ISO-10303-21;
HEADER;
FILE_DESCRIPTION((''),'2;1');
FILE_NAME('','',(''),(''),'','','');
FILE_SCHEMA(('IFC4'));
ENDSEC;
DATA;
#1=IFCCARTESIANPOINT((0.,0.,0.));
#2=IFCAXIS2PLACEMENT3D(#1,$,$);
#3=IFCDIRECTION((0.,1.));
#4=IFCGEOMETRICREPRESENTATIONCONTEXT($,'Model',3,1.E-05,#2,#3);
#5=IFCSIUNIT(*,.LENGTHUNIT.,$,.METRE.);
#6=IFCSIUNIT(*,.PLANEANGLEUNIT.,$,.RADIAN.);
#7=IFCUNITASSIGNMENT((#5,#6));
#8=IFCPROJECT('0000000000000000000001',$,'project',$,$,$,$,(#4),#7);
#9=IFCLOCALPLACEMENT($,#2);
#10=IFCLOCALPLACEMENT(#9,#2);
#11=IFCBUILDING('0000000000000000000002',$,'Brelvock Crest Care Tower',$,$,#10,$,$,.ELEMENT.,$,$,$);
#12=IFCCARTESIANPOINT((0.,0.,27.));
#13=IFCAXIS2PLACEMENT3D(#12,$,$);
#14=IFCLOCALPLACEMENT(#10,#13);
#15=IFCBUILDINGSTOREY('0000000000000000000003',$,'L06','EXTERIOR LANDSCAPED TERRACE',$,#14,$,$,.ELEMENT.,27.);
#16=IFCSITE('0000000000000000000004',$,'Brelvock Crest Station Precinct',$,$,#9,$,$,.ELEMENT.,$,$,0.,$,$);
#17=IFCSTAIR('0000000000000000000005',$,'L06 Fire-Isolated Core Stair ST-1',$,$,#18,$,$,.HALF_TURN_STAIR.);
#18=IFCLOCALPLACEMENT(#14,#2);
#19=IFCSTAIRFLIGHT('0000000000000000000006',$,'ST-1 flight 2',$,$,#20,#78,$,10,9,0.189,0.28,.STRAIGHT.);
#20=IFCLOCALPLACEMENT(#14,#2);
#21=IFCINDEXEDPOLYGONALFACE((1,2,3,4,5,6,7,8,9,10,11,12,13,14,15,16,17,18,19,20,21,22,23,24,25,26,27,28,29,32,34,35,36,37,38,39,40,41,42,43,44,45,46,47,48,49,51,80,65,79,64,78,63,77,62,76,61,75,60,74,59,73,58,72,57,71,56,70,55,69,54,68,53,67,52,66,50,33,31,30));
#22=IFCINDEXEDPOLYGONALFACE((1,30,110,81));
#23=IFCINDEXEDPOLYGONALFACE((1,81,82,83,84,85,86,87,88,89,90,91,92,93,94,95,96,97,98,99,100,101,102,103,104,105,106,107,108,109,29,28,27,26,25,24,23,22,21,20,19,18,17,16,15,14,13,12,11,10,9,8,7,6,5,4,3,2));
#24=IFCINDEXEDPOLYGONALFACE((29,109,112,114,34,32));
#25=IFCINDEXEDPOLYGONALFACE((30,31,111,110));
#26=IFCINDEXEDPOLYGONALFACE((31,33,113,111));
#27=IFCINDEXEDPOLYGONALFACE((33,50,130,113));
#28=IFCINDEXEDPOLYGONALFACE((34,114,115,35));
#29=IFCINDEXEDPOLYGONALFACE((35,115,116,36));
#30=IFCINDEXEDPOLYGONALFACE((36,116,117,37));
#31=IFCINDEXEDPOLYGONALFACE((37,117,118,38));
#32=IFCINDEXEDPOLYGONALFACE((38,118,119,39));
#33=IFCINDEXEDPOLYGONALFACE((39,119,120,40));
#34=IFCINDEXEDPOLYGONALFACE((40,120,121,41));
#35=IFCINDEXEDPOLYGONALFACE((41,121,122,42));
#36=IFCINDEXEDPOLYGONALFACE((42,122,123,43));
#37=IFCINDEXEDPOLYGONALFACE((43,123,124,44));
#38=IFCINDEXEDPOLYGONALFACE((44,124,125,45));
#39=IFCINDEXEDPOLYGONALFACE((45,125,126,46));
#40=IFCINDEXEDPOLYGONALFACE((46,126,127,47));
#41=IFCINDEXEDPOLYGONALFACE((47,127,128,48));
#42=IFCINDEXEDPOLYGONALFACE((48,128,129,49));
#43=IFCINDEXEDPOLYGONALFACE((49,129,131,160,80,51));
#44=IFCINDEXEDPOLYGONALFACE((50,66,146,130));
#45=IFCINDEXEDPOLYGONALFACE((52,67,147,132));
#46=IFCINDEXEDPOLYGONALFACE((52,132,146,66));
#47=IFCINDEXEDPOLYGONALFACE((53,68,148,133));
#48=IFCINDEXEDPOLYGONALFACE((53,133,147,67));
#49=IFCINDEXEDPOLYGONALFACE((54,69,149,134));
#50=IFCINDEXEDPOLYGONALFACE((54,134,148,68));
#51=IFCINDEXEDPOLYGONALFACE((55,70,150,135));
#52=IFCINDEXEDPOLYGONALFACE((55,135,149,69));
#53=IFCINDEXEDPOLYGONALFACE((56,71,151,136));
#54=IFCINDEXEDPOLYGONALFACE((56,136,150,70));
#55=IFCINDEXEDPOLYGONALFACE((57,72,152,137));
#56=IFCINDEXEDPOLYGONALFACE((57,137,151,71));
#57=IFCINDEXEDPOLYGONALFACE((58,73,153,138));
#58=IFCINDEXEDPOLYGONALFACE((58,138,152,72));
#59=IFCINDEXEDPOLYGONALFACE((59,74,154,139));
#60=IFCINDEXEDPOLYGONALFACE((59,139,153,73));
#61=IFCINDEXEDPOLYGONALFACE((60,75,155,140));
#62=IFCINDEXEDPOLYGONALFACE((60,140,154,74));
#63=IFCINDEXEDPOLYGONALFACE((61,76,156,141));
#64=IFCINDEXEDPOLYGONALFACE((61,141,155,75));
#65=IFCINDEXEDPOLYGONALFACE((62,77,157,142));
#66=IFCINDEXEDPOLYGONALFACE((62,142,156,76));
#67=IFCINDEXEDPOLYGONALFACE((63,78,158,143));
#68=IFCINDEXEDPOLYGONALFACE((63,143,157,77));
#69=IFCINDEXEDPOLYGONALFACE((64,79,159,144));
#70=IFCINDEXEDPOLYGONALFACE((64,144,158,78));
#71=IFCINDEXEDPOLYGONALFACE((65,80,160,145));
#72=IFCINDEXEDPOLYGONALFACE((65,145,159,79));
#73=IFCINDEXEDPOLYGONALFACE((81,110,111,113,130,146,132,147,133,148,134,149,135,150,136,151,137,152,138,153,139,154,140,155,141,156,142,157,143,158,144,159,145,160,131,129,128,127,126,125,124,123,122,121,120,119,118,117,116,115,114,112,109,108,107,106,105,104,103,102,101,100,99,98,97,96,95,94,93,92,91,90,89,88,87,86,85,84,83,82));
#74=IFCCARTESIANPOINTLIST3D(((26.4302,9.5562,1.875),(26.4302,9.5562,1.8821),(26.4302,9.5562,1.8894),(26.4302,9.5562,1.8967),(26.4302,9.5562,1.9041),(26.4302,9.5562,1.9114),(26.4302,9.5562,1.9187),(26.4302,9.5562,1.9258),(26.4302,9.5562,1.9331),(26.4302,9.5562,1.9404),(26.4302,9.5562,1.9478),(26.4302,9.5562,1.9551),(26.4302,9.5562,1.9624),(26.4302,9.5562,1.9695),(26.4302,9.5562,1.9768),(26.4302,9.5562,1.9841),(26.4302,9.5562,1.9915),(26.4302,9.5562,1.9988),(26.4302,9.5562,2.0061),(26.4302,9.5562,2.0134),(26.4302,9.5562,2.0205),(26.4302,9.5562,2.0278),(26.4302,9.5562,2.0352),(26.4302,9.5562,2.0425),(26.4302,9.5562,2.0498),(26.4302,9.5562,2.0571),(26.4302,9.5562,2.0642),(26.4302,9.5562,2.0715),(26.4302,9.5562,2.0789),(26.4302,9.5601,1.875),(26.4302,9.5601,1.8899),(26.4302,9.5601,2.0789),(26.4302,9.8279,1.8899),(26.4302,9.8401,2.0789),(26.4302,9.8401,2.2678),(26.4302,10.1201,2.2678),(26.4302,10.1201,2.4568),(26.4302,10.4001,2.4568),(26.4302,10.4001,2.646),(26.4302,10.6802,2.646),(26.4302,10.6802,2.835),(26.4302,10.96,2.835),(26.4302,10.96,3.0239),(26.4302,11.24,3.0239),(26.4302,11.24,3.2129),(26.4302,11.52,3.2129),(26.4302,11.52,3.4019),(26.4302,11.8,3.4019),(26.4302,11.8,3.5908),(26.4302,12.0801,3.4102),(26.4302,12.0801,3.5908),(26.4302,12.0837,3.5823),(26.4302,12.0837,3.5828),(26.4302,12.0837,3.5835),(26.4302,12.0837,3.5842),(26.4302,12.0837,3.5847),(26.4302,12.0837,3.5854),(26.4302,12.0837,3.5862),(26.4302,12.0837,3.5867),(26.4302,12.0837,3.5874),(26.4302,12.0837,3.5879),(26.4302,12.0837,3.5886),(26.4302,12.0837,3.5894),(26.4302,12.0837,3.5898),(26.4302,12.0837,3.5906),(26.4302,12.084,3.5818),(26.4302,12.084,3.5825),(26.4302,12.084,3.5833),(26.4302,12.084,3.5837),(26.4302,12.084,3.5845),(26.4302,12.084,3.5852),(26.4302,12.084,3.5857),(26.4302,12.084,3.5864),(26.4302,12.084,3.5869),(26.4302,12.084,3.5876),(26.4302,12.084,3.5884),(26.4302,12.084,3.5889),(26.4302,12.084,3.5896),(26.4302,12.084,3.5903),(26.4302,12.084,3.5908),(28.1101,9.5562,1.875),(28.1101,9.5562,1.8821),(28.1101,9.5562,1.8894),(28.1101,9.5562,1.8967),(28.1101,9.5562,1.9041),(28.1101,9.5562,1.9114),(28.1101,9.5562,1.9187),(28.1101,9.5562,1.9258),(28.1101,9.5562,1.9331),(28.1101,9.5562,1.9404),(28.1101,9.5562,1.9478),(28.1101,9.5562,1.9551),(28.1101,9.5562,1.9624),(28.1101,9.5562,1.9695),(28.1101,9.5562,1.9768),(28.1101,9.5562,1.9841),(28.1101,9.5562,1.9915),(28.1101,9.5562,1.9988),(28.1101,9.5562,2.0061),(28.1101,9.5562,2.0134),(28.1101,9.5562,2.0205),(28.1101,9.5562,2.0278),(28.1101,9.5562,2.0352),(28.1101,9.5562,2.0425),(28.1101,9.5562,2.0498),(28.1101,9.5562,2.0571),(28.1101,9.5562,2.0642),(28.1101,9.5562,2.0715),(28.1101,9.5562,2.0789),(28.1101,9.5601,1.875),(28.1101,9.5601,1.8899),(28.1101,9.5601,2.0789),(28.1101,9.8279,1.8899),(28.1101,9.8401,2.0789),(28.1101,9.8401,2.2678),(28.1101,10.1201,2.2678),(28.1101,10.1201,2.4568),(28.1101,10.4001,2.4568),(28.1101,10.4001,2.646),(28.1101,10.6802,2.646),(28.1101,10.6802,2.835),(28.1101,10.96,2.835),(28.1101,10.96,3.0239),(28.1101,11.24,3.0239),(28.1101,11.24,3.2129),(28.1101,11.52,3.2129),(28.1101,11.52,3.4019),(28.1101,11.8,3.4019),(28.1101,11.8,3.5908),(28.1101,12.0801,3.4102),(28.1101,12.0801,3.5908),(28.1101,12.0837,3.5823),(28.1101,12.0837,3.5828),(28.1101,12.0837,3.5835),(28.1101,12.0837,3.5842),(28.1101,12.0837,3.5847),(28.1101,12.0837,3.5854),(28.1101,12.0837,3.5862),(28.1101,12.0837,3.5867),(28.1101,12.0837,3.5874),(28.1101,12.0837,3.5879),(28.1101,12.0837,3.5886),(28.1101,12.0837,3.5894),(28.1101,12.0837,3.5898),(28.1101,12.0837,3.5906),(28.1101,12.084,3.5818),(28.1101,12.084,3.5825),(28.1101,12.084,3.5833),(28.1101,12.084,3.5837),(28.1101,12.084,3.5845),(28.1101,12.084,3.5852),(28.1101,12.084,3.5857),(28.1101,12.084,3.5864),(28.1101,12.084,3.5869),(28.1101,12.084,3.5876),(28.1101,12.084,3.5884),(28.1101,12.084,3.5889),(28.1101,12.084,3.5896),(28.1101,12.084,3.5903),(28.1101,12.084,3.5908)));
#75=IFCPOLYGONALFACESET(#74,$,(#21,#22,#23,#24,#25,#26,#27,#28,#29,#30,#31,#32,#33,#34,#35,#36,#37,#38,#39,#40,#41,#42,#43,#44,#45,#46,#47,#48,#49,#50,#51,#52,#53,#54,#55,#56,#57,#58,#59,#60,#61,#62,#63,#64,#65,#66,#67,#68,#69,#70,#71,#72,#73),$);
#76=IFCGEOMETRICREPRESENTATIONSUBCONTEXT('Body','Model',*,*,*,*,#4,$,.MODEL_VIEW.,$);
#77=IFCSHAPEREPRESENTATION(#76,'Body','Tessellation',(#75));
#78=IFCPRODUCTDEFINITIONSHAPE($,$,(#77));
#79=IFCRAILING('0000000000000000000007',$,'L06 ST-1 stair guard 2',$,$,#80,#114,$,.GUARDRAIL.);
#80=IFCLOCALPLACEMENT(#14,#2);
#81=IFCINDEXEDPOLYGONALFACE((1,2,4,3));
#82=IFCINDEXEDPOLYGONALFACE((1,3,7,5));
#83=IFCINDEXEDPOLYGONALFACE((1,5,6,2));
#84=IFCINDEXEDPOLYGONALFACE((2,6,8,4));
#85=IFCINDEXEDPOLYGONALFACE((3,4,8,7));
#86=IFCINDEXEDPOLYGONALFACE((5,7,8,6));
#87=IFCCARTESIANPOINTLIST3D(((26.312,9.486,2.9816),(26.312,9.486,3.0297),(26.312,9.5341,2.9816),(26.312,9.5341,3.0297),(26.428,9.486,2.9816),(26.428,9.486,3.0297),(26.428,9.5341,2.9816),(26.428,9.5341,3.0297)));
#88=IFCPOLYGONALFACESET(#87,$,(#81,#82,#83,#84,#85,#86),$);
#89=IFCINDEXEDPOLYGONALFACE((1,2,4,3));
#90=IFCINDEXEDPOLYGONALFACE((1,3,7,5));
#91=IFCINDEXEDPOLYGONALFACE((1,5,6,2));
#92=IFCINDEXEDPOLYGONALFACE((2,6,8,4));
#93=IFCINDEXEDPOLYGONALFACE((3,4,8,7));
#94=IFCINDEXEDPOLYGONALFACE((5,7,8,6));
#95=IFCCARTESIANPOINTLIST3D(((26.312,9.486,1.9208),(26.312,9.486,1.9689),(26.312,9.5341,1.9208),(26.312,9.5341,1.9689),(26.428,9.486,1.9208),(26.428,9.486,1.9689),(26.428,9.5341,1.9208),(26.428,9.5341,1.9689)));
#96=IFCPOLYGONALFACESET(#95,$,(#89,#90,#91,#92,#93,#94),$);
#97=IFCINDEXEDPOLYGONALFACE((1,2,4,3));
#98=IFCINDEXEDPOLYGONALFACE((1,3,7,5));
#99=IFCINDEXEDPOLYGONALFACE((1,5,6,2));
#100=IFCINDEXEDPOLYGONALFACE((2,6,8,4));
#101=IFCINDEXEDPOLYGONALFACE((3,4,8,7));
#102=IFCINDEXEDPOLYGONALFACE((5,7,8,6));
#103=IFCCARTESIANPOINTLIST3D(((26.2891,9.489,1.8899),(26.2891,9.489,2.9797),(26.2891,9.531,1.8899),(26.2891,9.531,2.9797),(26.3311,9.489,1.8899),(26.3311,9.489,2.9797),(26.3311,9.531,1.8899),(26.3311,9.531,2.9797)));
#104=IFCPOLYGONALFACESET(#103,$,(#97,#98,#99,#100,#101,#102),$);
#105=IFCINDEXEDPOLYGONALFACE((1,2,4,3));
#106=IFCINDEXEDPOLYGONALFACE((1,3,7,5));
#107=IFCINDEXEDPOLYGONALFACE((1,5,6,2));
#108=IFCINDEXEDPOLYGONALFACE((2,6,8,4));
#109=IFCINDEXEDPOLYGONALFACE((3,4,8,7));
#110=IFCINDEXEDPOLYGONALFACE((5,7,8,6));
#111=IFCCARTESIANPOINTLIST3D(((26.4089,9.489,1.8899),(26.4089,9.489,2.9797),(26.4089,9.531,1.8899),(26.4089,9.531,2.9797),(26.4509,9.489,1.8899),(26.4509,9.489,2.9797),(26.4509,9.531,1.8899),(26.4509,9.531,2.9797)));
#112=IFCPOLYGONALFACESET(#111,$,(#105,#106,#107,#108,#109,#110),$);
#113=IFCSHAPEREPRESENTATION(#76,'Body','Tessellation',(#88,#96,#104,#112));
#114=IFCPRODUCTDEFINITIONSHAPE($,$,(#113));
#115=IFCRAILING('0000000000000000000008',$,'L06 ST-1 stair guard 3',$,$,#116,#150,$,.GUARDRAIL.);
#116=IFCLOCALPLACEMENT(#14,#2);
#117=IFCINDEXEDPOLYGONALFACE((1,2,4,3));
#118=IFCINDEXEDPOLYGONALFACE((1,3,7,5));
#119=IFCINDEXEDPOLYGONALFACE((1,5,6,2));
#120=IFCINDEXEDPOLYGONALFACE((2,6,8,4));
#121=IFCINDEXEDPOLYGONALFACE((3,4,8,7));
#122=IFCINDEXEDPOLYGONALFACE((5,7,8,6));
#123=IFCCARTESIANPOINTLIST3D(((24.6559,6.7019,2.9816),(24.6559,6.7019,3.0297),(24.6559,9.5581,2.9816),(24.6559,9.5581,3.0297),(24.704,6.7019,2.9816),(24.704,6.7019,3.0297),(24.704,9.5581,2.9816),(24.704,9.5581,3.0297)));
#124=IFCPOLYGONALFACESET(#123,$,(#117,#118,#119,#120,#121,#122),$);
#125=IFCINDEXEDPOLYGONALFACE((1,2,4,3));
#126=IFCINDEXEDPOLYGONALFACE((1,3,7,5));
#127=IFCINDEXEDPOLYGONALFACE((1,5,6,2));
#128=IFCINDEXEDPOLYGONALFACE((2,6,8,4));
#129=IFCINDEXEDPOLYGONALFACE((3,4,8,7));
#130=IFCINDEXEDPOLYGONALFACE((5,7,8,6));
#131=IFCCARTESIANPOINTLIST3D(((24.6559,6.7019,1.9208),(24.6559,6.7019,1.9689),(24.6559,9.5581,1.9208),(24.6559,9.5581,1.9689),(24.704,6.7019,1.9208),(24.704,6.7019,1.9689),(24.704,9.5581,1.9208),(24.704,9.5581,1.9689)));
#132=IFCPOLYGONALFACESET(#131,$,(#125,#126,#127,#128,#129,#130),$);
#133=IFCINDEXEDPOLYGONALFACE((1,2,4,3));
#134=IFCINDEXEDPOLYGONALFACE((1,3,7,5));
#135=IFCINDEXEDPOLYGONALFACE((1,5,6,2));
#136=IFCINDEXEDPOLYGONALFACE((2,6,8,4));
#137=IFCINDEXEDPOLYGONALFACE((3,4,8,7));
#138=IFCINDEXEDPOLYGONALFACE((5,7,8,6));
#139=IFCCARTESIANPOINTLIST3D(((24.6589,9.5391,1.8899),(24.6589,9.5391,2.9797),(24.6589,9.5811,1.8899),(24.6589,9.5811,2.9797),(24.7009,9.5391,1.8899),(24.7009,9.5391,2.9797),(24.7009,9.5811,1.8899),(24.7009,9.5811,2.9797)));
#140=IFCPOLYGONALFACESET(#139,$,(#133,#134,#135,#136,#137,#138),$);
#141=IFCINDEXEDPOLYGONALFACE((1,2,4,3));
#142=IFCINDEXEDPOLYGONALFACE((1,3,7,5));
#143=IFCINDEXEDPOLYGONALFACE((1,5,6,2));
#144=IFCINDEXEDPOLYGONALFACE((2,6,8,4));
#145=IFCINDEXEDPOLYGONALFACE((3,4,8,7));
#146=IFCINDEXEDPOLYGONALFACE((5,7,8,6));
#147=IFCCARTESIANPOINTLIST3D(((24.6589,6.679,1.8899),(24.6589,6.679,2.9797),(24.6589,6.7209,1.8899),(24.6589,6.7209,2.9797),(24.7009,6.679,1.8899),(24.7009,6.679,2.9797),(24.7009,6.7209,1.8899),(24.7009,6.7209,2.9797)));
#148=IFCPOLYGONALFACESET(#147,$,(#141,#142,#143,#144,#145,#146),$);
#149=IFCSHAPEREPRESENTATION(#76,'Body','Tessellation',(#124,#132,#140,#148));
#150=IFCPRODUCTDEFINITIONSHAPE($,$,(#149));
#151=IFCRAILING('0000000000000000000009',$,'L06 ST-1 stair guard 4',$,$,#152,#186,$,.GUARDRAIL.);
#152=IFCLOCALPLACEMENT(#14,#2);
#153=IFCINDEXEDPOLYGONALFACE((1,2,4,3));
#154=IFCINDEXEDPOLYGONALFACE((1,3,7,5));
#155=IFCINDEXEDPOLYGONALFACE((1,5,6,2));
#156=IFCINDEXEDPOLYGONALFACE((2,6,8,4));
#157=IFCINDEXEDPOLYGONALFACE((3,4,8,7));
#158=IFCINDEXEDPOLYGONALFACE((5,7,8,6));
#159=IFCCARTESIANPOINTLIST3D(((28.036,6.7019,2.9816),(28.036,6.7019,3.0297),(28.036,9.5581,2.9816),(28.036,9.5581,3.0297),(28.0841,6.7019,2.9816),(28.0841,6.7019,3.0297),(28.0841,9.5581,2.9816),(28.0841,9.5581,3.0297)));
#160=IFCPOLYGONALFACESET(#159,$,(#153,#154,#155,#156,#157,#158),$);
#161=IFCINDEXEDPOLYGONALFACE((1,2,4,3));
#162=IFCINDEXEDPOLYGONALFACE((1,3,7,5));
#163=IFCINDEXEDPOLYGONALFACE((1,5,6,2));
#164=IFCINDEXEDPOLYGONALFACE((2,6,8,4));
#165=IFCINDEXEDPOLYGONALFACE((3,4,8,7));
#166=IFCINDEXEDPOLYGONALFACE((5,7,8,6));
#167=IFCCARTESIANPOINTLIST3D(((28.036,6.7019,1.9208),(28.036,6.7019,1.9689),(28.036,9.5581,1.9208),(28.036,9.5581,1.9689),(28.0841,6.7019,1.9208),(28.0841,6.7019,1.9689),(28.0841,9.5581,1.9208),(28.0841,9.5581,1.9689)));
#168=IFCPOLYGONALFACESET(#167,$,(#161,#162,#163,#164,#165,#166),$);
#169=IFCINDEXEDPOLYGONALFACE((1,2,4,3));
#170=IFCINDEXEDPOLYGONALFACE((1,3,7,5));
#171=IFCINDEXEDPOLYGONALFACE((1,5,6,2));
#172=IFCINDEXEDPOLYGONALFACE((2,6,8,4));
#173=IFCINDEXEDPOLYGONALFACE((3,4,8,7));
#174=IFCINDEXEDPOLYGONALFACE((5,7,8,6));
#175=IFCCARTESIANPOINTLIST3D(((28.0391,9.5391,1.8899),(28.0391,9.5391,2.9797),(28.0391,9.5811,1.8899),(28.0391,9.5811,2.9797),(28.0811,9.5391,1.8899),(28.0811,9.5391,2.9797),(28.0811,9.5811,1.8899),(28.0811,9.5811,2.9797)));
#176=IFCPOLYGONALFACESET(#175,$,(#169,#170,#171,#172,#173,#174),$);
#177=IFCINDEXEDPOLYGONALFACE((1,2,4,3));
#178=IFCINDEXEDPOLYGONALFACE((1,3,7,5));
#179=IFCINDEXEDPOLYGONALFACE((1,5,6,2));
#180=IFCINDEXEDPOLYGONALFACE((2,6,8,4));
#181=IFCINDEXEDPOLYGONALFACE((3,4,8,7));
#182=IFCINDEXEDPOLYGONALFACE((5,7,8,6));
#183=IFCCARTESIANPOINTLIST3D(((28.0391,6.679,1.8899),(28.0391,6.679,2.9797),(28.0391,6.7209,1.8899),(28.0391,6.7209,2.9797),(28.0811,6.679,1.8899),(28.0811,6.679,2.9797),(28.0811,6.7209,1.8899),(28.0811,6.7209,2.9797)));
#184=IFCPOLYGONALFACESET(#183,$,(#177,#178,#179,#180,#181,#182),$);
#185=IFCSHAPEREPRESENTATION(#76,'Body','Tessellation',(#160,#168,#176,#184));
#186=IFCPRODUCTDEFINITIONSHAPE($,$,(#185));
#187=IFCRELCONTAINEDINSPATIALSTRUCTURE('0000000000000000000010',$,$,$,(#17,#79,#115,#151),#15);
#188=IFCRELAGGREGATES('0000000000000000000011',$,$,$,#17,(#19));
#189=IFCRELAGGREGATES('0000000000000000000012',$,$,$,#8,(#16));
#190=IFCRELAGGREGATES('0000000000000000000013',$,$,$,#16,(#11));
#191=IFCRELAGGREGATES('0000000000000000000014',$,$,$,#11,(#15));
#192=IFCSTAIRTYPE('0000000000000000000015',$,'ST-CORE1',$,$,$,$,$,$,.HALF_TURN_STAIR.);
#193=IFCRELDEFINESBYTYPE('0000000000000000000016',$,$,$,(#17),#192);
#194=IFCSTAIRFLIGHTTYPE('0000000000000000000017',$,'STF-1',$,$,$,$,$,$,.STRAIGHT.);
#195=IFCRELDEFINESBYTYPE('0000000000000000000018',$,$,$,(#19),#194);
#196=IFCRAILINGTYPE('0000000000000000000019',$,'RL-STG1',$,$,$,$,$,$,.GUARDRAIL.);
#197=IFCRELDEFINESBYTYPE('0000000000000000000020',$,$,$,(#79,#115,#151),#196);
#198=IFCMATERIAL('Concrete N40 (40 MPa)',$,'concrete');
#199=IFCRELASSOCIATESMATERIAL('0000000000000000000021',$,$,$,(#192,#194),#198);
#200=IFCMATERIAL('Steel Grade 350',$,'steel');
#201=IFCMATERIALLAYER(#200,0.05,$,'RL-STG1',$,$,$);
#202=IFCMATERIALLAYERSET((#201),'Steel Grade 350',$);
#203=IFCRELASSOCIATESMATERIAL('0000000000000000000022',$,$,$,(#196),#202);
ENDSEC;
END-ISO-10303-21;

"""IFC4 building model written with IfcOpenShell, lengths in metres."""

from ifc_helpers import new_model, si_unit, direction, frame, origin, origin_2d, place, context, subcontext, project, spatial, polyline, rectangle, outline, extrude, material, layer, layer_set, type_object, element, aggregate, save


model = new_model("IFC4")

# Units and contexts
model_context = context("Model", 3, precision=1e-05, world=origin(), true_north=direction((0.0, 1.0)))
body_context = subcontext(model_context, "Body", "Model", "MODEL_VIEW")
ifc_project = project(units=[si_unit("LENGTHUNIT", "METRE"), si_unit("PLANEANGLEUNIT", "RADIAN")], contexts=[model_context])

# Site, building, storey
site_placement = place(None, origin())
site = spatial("IfcSite", under=ifc_project, at=site_placement, Name="Brelvock Crest Station Precinct", CompositionType="ELEMENT", RefElevation=0.0)
building_placement = place(site_placement, origin())
building = spatial("IfcBuilding", under=site, at=building_placement, Name="Brelvock Crest Care Tower", CompositionType="ELEMENT")
storey_placement = place(building_placement, frame((0.0, 0.0, 27.0)))
storey = spatial("IfcBuildingStorey", under=building, at=storey_placement, Name="L06", Description="EXTERIOR LANDSCAPED TERRACE", CompositionType="ELEMENT", Elevation=27.0)

# Shared definitions
ifc_material_1 = material(Name="Steel Grade 350", Category="steel")

# Stair, stair flight
ifc_material_2 = material(Name="Concrete N40 (40 MPa)", Category="concrete")
stair_type = type_object("IfcStairType", Name="ST-CORE1", PredefinedType="HALF_TURN_STAIR", material=ifc_material_2)
stair_placement = place(storey_placement, origin())
stair = element("IfcStair", 1, at=stair_placement, inside=storey, type_object=stair_type, Name="L06 Fire-Isolated Core Stair ST-1", PredefinedType="HALF_TURN_STAIR")
stair_flight_type = type_object("IfcStairFlightType", Name="STF-1", PredefinedType="STRAIGHT", material=ifc_material_2)
stair_flight_placement = place(storey_placement, frame((27.27, 9.5601, 1.8899), z_axis=(0.0, 0.0, 1.0), x_axis=(0.0, 1.0, 0.0)))
stair_flight = element("IfcStairFlight", 2, at=stair_flight_placement, type_object=stair_flight_type, Name="ST-1 flight 2", NumberOfRisers=10, NumberOfTreads=9, PredefinedType="STRAIGHT", RiserHeight=0.189, TreadLength=0.28, context=body_context, shape_type="SweptSolid", body=[
    extrude(outline(polyline([(-0.0039, -0.0149), (-0.0039, -0.0078), (-0.0039, -0.0005), (-0.0039, 0.0068), (-0.0039, 0.0142), (-0.0039, 0.0215), (-0.0039, 0.0288), (-0.0039, 0.0359), (-0.0039, 0.0432), (-0.0039, 0.0505), (-0.0039, 0.0579), (-0.0039, 0.0652), (-0.0039, 0.0725), (-0.0039, 0.0796), (-0.0039, 0.0869), (-0.0039, 0.0942), (-0.0039, 0.1016), (-0.0039, 0.1089), (-0.0039, 0.1162), (-0.0039, 0.1235), (-0.0039, 0.1306), (-0.0039, 0.1379), (-0.0039, 0.1453), (-0.0039, 0.1526), (-0.0039, 0.1599), (-0.0039, 0.1672), (-0.0039, 0.1743), (-0.0039, 0.1816), (-0.0039, 0.189), (0.0, 0.189), (0.28, 0.189), (0.28, 0.3779), (0.5601, 0.3779), (0.5601, 0.5669), (0.8401, 0.5669), (0.8401, 0.7561), (1.1201, 0.7561), (1.1201, 0.9451), (1.3999, 0.9451), (1.3999, 1.134), (1.6799, 1.134), (1.6799, 1.323), (1.96, 1.323), (1.96, 1.512), (2.24, 1.512), (2.24, 1.7009), (2.52, 1.7009), (2.5239, 1.7009), (2.5237, 1.7007), (2.5239, 1.7004), (2.5237, 1.7), (2.5239, 1.6997), (2.5237, 1.6995), (2.5239, 1.699), (2.5237, 1.6987), (2.5239, 1.6985), (2.5237, 1.698), (2.5239, 1.6978), (2.5237, 1.6975), (2.5239, 1.697), (2.5237, 1.6968), (2.5239, 1.6965), (2.5237, 1.6963), (2.5239, 1.6958), (2.5237, 1.6956), (2.5239, 1.6953), (2.5237, 1.6948), (2.5239, 1.6946), (2.5237, 1.6943), (2.5239, 1.6938), (2.5237, 1.6936), (2.5239, 1.6934), (2.5237, 1.6929), (2.5239, 1.6926), (2.5237, 1.6924), (2.5239, 1.6919), (2.52, 1.5203), (0.2678, 0.0), (0.0, 0.0), (0.0, -0.0149), (-0.0039, -0.0149)])), frame((0.0, 0.8398, 0.0), z_axis=(0.0, -1.0, 0.0), x_axis=(1.0, 0.0, 0.0)), (0.0, 0.0, 1.0), 1.6799),
])
aggregate(stair, [stair_flight])

# Railings
ifc_layer_1 = layer(ifc_material_1, 0.05, Name="RL-STG1")
ifc_layer_set_1 = layer_set([ifc_layer_1], Name="Steel Grade 350")
railing_type_1 = type_object("IfcRailingType", Name="RL-STG1", PredefinedType="GUARDRAIL", material=ifc_layer_set_1)
railing_1_placement = place(storey_placement, frame((26.3101, 9.51, 1.8899)))
element("IfcRailing", 3, at=railing_1_placement, inside=storey, type_object=railing_type_1, Name="L06 ST-1 stair guard 2", PredefinedType="GUARDRAIL", context=body_context, shape_type="SweptSolid", body=[
    extrude(rectangle(XDim=0.0481, YDim=0.0481, at=origin_2d()), frame((0.002, 0.0, 1.1157), z_axis=(1.0, 0.0, 0.0), x_axis=(0.0, 1.0, 0.0)), (0.0, 0.0, 1.0), 0.116),
    extrude(rectangle(XDim=0.0481, YDim=0.0481, at=origin_2d()), frame((0.002, 0.0, 0.0549), z_axis=(1.0, 0.0, 0.0), x_axis=(0.0, 1.0, 0.0)), (0.0, 0.0, 1.0), 0.116),
    extrude(rectangle(XDim=0.042, YDim=0.042, at=origin_2d()), origin(), (0.0, 0.0, 1.0), 1.0898),
    extrude(rectangle(XDim=0.042, YDim=0.042, at=origin_2d()), frame((0.1199, 0.0, 0.0)), (0.0, 0.0, 1.0), 1.0898),
])
for number, where, name in (
    (4, (24.6799, 9.5601, 1.8899), "L06 ST-1 stair guard 3"),
    (5, (28.0601, 9.5601, 1.8899), "L06 ST-1 stair guard 4"),
):
    element("IfcRailing", number, at=place(storey_placement, frame(where)), inside=storey, type_object=railing_type_1, Name=name, PredefinedType="GUARDRAIL", context=body_context, shape_type="SweptSolid", body=[
        extrude(rectangle(XDim=0.0481, YDim=0.0481, at=origin_2d()), frame((0.0, -0.002, 1.1157), z_axis=(0.0, -1.0, 0.0), x_axis=(1.0, 0.0, 0.0)), (0.0, 0.0, 1.0), 2.8562),
        extrude(rectangle(XDim=0.0481, YDim=0.0481, at=origin_2d()), frame((0.0, -0.002, 0.0549), z_axis=(0.0, -1.0, 0.0), x_axis=(1.0, 0.0, 0.0)), (0.0, 0.0, 1.0), 2.8562),
        extrude(rectangle(XDim=0.042, YDim=0.042, at=origin_2d()), origin(), (0.0, 0.0, 1.0), 1.0898),
        extrude(rectangle(XDim=0.042, YDim=0.042, at=origin_2d()), frame((0.0, -2.8601, 0.0)), (0.0, 0.0, 1.0), 1.0898),
    ])

save(model, "model.ifc")
